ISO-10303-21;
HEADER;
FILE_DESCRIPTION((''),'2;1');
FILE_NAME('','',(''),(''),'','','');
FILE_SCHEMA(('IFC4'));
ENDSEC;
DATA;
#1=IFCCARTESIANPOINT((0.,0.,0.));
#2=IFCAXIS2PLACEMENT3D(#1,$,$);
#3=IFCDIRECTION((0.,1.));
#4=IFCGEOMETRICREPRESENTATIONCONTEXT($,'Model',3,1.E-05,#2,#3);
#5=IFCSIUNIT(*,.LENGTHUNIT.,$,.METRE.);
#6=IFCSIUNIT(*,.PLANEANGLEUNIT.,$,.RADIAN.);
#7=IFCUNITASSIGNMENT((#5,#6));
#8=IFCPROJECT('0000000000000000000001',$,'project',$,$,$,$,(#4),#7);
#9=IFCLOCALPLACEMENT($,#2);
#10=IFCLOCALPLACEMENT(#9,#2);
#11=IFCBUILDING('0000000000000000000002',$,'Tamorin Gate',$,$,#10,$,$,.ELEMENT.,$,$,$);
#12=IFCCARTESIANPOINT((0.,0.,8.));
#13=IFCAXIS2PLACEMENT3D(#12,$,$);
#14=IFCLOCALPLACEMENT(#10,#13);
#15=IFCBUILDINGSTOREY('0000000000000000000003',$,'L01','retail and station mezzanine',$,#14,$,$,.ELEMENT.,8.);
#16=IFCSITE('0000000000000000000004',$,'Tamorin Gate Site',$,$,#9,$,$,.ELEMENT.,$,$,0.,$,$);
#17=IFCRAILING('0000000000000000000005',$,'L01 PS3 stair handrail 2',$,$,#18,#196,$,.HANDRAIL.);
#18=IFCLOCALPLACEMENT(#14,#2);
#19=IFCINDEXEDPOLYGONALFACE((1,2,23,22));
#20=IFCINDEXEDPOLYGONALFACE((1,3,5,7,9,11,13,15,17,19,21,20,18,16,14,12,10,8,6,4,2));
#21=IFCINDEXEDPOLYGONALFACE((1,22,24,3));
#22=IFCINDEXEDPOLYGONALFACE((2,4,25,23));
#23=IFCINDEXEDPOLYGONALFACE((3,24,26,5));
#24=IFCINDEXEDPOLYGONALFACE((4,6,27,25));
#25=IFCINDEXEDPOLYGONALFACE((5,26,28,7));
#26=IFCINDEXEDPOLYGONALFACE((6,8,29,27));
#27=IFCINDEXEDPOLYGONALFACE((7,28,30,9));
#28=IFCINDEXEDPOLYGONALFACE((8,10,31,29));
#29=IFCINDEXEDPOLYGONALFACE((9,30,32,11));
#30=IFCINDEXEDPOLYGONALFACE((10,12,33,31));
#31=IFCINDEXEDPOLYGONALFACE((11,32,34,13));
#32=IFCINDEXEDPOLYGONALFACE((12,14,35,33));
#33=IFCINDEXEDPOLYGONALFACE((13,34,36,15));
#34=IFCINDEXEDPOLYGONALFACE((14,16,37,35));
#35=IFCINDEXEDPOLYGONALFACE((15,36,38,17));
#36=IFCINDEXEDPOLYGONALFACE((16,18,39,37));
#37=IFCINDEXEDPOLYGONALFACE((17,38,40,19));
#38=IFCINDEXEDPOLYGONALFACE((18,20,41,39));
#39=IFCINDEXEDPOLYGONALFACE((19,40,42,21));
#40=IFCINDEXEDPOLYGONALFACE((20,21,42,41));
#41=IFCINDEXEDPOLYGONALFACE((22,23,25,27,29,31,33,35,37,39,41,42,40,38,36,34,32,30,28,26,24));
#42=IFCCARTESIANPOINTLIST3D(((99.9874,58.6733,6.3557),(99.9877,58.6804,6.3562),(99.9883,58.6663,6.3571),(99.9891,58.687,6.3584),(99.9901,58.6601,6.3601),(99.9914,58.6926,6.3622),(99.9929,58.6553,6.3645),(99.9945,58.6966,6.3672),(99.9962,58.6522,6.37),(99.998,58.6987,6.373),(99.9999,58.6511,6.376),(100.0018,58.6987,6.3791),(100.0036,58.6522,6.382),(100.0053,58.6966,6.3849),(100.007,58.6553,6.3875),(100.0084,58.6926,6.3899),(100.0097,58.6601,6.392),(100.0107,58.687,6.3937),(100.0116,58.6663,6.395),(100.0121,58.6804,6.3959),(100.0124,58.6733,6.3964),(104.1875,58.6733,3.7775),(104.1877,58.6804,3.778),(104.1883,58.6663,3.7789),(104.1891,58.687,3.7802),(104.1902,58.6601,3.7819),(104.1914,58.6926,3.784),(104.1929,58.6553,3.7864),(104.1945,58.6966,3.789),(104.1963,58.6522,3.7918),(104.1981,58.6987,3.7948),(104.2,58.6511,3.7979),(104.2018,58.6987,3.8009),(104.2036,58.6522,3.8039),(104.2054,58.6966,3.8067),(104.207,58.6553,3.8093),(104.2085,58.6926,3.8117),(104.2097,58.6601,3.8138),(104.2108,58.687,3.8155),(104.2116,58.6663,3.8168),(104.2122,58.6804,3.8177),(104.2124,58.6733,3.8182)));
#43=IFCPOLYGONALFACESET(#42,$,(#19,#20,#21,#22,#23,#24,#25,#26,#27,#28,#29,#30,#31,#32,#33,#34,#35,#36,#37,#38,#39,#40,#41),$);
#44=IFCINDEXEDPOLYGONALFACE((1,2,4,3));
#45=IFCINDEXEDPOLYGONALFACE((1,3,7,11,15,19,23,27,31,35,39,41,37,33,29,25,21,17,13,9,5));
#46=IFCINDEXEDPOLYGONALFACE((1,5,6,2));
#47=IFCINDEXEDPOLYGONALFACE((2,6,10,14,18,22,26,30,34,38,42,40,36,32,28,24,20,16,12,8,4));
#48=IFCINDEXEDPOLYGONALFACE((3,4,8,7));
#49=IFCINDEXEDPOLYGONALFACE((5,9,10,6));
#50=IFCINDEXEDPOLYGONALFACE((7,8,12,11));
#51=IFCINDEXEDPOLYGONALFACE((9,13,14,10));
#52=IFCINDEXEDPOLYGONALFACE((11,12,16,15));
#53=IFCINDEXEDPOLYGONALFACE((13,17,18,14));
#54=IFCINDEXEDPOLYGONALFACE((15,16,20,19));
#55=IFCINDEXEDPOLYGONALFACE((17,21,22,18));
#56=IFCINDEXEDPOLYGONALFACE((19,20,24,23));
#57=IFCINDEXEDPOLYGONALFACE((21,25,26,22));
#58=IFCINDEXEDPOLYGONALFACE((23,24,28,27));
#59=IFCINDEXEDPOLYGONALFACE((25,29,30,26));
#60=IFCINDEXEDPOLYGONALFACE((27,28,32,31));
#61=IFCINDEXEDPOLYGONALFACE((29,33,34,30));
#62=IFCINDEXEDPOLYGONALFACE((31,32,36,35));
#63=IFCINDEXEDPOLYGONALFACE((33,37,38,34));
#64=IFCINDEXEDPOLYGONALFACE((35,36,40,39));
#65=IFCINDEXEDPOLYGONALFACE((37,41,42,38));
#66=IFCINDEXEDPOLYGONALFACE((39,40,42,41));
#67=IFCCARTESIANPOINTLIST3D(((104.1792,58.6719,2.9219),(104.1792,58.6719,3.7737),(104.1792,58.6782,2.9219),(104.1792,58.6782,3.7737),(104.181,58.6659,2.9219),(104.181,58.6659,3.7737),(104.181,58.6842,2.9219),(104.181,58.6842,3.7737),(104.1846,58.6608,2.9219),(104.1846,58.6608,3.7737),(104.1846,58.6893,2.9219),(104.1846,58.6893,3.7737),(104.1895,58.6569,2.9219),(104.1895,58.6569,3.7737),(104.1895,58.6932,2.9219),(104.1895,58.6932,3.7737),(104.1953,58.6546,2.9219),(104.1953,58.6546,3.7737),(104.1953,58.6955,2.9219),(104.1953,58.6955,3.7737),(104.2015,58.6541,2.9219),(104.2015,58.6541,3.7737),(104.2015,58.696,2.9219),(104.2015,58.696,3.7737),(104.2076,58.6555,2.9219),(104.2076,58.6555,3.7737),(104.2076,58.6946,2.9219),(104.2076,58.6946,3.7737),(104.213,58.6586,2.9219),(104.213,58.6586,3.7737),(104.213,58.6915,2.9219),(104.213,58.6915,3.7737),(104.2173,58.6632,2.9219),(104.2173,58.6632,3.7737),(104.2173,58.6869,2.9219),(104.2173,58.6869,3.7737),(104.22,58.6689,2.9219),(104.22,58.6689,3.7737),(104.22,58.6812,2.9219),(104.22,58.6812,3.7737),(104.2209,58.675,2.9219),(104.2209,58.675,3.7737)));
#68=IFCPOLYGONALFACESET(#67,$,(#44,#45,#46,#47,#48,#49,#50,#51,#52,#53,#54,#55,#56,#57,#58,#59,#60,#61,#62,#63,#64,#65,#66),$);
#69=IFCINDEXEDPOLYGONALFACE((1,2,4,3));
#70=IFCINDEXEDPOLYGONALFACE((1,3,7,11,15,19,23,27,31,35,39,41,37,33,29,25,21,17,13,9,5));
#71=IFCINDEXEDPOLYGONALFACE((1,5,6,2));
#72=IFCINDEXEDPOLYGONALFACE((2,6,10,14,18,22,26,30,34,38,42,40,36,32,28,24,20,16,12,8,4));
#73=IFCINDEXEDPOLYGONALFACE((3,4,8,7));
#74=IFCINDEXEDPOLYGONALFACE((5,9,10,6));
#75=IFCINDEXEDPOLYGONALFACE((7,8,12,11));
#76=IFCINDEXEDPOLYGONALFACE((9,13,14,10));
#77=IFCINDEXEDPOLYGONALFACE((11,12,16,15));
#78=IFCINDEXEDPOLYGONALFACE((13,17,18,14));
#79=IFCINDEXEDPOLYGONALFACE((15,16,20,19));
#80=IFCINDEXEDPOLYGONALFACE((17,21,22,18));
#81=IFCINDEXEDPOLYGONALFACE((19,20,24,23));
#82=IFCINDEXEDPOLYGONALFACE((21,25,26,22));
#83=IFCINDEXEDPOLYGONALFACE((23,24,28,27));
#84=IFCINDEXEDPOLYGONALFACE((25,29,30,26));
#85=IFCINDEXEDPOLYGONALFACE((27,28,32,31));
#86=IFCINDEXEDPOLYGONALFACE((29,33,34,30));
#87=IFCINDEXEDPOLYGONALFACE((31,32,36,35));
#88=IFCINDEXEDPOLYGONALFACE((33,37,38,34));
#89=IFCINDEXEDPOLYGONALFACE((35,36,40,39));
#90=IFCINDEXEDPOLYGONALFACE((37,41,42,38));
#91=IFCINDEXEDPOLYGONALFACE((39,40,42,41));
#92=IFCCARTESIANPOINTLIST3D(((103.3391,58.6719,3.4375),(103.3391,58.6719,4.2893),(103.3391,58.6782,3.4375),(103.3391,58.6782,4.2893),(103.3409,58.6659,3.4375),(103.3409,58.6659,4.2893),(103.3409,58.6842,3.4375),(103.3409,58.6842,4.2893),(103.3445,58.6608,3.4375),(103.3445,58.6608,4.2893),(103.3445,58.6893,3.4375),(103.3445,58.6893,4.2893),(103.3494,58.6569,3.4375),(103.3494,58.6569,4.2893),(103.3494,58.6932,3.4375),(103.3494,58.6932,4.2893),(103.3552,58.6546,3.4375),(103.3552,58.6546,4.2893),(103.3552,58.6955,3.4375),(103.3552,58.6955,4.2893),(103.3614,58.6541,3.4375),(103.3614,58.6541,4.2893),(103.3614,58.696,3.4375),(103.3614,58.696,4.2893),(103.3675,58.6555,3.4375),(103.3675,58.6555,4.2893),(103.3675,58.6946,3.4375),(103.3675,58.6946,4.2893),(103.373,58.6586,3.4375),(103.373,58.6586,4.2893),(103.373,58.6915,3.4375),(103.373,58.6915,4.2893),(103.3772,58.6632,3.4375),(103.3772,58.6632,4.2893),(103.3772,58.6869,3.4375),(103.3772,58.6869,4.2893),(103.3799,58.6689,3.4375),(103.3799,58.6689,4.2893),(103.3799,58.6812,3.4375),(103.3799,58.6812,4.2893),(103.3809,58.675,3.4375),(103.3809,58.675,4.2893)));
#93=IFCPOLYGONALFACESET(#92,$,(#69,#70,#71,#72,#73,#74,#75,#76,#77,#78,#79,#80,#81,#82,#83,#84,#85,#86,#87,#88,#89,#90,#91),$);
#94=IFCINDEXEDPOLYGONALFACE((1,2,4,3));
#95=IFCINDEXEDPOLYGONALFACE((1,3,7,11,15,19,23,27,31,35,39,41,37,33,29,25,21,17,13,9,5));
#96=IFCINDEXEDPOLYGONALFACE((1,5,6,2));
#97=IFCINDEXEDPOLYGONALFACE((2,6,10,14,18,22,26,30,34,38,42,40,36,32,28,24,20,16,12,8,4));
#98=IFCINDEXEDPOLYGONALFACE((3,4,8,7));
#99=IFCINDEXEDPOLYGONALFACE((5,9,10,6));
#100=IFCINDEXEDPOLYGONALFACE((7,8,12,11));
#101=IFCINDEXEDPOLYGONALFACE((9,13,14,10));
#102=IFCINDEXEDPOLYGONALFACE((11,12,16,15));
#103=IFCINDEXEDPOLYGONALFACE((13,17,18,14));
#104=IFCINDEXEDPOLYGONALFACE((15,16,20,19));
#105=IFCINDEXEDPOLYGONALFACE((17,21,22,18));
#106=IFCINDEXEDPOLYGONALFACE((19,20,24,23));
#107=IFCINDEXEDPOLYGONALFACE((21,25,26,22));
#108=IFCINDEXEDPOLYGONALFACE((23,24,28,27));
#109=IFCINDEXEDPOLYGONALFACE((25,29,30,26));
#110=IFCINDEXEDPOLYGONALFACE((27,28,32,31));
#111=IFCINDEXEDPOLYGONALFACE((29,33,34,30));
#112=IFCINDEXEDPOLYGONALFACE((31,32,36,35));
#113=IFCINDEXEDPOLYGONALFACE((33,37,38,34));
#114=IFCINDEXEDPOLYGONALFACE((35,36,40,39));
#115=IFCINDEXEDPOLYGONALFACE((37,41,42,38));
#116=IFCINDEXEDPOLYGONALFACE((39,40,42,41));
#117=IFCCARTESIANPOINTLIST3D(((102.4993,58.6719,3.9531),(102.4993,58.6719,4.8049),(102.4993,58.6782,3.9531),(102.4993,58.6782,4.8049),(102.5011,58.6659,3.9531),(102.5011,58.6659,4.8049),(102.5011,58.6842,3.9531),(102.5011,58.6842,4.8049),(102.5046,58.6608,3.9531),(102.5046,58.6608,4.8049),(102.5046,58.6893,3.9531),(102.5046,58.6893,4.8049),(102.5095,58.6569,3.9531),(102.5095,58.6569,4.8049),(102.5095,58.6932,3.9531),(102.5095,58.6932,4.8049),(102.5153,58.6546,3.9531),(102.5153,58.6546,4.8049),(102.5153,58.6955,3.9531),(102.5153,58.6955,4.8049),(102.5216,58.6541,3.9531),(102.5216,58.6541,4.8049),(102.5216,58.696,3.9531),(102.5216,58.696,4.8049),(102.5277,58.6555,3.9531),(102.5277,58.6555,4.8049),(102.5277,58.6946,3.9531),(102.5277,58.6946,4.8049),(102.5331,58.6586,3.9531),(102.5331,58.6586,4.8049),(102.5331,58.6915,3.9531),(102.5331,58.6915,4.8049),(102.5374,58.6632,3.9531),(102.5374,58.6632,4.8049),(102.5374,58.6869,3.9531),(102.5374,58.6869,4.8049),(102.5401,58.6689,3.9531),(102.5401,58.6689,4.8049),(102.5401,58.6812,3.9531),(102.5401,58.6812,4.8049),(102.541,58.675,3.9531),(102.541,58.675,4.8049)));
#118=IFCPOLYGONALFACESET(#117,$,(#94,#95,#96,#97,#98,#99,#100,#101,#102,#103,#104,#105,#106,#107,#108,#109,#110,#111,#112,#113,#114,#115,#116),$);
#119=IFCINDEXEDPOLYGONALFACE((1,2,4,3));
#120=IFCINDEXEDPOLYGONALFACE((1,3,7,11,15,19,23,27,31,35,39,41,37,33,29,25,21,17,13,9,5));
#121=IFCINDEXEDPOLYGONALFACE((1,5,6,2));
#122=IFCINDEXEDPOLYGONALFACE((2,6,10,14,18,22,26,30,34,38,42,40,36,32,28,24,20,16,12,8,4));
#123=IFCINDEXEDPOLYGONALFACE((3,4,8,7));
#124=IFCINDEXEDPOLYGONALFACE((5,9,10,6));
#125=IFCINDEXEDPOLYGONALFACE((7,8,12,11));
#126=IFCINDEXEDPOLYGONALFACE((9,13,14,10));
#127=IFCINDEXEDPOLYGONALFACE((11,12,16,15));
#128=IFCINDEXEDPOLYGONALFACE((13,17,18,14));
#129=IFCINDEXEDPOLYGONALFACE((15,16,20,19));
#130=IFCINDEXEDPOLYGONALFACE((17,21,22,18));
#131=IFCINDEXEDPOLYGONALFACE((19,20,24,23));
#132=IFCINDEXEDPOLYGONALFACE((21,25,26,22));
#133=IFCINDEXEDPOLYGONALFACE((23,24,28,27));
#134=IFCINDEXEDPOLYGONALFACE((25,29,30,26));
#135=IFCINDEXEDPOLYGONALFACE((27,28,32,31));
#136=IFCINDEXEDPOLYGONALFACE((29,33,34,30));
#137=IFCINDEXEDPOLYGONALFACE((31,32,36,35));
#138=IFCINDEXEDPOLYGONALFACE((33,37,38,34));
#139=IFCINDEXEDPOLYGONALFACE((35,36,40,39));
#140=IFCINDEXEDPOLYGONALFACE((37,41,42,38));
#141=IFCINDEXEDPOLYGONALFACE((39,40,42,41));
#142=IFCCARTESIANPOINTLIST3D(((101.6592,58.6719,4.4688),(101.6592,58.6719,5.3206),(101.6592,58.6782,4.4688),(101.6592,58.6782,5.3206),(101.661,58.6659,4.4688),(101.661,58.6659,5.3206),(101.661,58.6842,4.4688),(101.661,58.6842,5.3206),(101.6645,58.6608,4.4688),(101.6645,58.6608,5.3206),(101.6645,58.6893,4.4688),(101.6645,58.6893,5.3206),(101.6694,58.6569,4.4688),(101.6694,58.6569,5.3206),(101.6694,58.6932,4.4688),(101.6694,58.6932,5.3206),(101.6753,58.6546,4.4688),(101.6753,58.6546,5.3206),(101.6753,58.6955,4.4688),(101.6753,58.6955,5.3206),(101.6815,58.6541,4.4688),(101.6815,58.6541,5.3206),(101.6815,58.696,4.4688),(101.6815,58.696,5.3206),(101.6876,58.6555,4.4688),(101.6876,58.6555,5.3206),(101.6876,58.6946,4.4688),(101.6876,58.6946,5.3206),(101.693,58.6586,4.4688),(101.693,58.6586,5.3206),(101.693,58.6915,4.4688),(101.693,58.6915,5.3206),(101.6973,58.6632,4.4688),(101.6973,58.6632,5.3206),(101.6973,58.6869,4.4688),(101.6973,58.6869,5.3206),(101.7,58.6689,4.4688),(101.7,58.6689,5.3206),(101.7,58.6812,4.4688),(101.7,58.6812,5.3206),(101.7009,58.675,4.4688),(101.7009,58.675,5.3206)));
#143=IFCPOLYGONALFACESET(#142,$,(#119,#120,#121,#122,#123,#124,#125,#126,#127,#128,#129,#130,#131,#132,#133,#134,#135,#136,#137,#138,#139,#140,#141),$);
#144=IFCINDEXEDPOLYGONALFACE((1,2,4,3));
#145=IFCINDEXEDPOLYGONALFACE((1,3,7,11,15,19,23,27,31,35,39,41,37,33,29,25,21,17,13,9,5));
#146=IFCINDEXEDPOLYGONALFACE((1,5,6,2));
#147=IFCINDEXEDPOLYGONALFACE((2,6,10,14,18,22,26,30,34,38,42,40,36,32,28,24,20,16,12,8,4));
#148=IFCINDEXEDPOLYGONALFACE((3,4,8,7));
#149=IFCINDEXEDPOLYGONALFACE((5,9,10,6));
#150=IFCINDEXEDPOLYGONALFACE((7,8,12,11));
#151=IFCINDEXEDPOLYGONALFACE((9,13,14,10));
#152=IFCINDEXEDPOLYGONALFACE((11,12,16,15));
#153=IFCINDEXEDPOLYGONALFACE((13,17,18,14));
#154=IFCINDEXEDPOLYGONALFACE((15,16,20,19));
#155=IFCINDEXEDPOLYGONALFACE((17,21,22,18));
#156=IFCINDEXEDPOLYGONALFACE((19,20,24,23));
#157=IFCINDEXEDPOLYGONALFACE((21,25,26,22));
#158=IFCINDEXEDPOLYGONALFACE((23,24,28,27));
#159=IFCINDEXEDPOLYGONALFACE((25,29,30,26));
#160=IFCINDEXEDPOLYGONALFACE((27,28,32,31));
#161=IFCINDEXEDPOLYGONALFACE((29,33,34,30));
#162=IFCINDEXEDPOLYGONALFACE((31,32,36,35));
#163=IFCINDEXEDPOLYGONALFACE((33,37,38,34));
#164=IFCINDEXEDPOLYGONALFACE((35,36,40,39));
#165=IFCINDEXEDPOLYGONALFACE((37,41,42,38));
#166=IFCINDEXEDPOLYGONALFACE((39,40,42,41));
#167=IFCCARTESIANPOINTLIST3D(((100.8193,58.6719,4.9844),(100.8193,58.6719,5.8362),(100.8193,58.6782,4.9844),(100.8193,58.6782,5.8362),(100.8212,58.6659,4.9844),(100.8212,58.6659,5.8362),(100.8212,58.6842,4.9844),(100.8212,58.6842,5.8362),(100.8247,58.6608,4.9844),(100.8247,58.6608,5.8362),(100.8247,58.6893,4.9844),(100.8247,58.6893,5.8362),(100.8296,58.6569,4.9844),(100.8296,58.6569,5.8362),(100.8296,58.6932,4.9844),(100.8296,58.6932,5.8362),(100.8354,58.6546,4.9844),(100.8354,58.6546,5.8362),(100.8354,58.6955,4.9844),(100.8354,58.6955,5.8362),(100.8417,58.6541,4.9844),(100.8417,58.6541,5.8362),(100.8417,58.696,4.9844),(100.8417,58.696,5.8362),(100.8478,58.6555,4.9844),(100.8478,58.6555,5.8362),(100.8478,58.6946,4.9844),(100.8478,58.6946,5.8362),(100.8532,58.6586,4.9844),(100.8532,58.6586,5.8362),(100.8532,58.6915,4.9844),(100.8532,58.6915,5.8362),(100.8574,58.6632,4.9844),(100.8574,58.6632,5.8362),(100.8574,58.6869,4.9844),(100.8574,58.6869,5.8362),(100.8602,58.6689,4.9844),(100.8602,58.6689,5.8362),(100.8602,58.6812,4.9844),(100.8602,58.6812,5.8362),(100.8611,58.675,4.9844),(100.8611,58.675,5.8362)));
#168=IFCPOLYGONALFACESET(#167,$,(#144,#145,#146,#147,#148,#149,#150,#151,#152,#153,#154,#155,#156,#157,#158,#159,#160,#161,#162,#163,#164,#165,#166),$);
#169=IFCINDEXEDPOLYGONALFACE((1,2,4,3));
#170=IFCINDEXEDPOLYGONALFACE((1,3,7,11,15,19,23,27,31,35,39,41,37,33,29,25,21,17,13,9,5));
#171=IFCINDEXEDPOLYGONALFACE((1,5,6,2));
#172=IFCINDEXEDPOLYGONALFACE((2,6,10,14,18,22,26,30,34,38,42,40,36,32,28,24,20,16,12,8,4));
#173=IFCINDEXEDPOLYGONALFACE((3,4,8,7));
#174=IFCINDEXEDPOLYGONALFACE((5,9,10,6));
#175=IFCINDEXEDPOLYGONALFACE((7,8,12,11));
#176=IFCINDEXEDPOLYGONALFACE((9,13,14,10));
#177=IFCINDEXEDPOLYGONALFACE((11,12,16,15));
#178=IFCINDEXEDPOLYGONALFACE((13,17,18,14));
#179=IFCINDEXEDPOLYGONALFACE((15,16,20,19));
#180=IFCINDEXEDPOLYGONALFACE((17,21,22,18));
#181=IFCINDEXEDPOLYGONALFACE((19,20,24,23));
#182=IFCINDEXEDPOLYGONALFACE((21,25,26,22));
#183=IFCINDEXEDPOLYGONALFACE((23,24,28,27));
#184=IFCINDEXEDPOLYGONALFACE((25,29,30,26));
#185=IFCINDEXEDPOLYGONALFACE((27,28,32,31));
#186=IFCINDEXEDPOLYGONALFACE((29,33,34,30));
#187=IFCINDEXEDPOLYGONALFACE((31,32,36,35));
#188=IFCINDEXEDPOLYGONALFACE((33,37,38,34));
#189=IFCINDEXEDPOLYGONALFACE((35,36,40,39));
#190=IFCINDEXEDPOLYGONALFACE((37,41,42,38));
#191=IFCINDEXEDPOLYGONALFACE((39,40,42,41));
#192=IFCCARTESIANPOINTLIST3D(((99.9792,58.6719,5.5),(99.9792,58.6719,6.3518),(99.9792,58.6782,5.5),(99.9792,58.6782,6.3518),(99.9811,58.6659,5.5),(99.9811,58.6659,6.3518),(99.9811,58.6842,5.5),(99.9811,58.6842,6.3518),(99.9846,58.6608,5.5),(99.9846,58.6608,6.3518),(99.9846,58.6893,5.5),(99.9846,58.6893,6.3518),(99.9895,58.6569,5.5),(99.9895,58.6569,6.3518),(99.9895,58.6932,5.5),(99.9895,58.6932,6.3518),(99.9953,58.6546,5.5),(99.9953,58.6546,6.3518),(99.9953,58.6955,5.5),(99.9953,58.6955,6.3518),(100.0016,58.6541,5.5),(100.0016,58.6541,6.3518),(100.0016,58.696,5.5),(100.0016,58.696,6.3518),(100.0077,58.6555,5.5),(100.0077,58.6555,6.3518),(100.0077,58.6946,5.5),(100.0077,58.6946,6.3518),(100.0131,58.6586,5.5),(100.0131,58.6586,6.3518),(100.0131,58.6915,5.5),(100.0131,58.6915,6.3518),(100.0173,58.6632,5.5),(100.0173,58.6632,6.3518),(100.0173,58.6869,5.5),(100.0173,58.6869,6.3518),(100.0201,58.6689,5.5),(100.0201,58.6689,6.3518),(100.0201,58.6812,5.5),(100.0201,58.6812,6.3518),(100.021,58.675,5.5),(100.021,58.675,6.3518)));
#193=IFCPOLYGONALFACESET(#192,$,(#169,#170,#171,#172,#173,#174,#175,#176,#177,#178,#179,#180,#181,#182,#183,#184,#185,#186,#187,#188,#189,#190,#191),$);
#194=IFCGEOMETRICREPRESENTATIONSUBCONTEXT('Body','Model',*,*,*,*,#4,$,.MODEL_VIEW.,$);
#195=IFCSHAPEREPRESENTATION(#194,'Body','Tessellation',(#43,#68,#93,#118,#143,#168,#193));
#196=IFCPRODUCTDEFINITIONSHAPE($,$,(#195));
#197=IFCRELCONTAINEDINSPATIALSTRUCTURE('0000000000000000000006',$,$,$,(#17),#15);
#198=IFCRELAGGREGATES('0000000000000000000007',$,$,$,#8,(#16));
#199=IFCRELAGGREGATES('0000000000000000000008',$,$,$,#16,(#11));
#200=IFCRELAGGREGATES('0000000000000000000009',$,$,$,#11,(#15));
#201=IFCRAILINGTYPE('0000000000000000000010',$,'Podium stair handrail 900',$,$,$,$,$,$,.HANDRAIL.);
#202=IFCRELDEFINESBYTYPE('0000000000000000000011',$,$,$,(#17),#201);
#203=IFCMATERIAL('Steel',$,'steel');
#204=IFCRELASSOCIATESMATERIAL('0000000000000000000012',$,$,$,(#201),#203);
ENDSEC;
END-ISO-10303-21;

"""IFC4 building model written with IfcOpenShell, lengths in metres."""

from ifc_helpers import new_model, si_unit, direction, frame, origin, origin_2d, place, context, subcontext, project, spatial, circle, extrude, material, type_object, element, save


model = new_model("IFC4")

# Units and contexts
model_context = context("Model", 3, precision=1e-05, world=origin(), true_north=direction((0.0, 1.0)))
body_context = subcontext(model_context, "Body", "Model", "MODEL_VIEW")
ifc_project = project(units=[si_unit("LENGTHUNIT", "METRE"), si_unit("PLANEANGLEUNIT", "RADIAN")], contexts=[model_context])

# Site, building, storey
site_placement = place(None, origin())
site = spatial("IfcSite", under=ifc_project, at=site_placement, Name="Tamorin Gate Site", CompositionType="ELEMENT", RefElevation=0.0)
building_placement = place(site_placement, origin())
building = spatial("IfcBuilding", under=site, at=building_placement, Name="Tamorin Gate", CompositionType="ELEMENT")
storey_placement = place(building_placement, frame((0.0, 0.0, 8.0)))
storey = spatial("IfcBuildingStorey", under=building, at=storey_placement, Name="L01", Description="retail and station mezzanine", CompositionType="ELEMENT", Elevation=8.0)

# Railing
ifc_material_1 = material(Name="Steel", Category="steel")
railing_type_1 = type_object("IfcRailingType", Name="Podium stair handrail 900", PredefinedType="HANDRAIL", material=ifc_material_1)
railing_1_placement = place(storey_placement, frame((104.2, 58.675, 2.9219)))
element("IfcRailing", 1, at=railing_1_placement, inside=storey, type_object=railing_type_1, Name="L01 PS3 stair handrail 2", PredefinedType="HANDRAIL", context=body_context, shape_type="SweptSolid", body=[
    extrude(circle(Radius=0.0239, at=origin_2d()), frame((0.0, 0.0, 0.876), z_axis=(-0.852243, 0.0, 0.523146), x_axis=(0.0, -1.0, 0.0)), (0.0, 0.0, 1.0), 4.9282),
    extrude(circle(Radius=0.021, at=origin_2d()), origin(), (0.0, 0.0, 1.0), 0.8518),
    extrude(circle(Radius=0.021, at=origin_2d()), frame((-0.8401, 0.0, 0.5156)), (0.0, 0.0, 1.0), 0.8518),
    extrude(circle(Radius=0.021, at=origin_2d()), frame((-1.6799, 0.0, 1.0312)), (0.0, 0.0, 1.0), 0.8518),
    extrude(circle(Radius=0.021, at=origin_2d()), frame((-2.52, 0.0, 1.5469)), (0.0, 0.0, 1.0), 0.8518),
    extrude(circle(Radius=0.021, at=origin_2d()), frame((-3.3599, 0.0, 2.0625)), (0.0, 0.0, 1.0), 0.8518),
    extrude(circle(Radius=0.021, at=origin_2d()), frame((-4.2, 0.0, 2.5781)), (0.0, 0.0, 1.0), 0.8518),
])

save(model, "model.ifc")
